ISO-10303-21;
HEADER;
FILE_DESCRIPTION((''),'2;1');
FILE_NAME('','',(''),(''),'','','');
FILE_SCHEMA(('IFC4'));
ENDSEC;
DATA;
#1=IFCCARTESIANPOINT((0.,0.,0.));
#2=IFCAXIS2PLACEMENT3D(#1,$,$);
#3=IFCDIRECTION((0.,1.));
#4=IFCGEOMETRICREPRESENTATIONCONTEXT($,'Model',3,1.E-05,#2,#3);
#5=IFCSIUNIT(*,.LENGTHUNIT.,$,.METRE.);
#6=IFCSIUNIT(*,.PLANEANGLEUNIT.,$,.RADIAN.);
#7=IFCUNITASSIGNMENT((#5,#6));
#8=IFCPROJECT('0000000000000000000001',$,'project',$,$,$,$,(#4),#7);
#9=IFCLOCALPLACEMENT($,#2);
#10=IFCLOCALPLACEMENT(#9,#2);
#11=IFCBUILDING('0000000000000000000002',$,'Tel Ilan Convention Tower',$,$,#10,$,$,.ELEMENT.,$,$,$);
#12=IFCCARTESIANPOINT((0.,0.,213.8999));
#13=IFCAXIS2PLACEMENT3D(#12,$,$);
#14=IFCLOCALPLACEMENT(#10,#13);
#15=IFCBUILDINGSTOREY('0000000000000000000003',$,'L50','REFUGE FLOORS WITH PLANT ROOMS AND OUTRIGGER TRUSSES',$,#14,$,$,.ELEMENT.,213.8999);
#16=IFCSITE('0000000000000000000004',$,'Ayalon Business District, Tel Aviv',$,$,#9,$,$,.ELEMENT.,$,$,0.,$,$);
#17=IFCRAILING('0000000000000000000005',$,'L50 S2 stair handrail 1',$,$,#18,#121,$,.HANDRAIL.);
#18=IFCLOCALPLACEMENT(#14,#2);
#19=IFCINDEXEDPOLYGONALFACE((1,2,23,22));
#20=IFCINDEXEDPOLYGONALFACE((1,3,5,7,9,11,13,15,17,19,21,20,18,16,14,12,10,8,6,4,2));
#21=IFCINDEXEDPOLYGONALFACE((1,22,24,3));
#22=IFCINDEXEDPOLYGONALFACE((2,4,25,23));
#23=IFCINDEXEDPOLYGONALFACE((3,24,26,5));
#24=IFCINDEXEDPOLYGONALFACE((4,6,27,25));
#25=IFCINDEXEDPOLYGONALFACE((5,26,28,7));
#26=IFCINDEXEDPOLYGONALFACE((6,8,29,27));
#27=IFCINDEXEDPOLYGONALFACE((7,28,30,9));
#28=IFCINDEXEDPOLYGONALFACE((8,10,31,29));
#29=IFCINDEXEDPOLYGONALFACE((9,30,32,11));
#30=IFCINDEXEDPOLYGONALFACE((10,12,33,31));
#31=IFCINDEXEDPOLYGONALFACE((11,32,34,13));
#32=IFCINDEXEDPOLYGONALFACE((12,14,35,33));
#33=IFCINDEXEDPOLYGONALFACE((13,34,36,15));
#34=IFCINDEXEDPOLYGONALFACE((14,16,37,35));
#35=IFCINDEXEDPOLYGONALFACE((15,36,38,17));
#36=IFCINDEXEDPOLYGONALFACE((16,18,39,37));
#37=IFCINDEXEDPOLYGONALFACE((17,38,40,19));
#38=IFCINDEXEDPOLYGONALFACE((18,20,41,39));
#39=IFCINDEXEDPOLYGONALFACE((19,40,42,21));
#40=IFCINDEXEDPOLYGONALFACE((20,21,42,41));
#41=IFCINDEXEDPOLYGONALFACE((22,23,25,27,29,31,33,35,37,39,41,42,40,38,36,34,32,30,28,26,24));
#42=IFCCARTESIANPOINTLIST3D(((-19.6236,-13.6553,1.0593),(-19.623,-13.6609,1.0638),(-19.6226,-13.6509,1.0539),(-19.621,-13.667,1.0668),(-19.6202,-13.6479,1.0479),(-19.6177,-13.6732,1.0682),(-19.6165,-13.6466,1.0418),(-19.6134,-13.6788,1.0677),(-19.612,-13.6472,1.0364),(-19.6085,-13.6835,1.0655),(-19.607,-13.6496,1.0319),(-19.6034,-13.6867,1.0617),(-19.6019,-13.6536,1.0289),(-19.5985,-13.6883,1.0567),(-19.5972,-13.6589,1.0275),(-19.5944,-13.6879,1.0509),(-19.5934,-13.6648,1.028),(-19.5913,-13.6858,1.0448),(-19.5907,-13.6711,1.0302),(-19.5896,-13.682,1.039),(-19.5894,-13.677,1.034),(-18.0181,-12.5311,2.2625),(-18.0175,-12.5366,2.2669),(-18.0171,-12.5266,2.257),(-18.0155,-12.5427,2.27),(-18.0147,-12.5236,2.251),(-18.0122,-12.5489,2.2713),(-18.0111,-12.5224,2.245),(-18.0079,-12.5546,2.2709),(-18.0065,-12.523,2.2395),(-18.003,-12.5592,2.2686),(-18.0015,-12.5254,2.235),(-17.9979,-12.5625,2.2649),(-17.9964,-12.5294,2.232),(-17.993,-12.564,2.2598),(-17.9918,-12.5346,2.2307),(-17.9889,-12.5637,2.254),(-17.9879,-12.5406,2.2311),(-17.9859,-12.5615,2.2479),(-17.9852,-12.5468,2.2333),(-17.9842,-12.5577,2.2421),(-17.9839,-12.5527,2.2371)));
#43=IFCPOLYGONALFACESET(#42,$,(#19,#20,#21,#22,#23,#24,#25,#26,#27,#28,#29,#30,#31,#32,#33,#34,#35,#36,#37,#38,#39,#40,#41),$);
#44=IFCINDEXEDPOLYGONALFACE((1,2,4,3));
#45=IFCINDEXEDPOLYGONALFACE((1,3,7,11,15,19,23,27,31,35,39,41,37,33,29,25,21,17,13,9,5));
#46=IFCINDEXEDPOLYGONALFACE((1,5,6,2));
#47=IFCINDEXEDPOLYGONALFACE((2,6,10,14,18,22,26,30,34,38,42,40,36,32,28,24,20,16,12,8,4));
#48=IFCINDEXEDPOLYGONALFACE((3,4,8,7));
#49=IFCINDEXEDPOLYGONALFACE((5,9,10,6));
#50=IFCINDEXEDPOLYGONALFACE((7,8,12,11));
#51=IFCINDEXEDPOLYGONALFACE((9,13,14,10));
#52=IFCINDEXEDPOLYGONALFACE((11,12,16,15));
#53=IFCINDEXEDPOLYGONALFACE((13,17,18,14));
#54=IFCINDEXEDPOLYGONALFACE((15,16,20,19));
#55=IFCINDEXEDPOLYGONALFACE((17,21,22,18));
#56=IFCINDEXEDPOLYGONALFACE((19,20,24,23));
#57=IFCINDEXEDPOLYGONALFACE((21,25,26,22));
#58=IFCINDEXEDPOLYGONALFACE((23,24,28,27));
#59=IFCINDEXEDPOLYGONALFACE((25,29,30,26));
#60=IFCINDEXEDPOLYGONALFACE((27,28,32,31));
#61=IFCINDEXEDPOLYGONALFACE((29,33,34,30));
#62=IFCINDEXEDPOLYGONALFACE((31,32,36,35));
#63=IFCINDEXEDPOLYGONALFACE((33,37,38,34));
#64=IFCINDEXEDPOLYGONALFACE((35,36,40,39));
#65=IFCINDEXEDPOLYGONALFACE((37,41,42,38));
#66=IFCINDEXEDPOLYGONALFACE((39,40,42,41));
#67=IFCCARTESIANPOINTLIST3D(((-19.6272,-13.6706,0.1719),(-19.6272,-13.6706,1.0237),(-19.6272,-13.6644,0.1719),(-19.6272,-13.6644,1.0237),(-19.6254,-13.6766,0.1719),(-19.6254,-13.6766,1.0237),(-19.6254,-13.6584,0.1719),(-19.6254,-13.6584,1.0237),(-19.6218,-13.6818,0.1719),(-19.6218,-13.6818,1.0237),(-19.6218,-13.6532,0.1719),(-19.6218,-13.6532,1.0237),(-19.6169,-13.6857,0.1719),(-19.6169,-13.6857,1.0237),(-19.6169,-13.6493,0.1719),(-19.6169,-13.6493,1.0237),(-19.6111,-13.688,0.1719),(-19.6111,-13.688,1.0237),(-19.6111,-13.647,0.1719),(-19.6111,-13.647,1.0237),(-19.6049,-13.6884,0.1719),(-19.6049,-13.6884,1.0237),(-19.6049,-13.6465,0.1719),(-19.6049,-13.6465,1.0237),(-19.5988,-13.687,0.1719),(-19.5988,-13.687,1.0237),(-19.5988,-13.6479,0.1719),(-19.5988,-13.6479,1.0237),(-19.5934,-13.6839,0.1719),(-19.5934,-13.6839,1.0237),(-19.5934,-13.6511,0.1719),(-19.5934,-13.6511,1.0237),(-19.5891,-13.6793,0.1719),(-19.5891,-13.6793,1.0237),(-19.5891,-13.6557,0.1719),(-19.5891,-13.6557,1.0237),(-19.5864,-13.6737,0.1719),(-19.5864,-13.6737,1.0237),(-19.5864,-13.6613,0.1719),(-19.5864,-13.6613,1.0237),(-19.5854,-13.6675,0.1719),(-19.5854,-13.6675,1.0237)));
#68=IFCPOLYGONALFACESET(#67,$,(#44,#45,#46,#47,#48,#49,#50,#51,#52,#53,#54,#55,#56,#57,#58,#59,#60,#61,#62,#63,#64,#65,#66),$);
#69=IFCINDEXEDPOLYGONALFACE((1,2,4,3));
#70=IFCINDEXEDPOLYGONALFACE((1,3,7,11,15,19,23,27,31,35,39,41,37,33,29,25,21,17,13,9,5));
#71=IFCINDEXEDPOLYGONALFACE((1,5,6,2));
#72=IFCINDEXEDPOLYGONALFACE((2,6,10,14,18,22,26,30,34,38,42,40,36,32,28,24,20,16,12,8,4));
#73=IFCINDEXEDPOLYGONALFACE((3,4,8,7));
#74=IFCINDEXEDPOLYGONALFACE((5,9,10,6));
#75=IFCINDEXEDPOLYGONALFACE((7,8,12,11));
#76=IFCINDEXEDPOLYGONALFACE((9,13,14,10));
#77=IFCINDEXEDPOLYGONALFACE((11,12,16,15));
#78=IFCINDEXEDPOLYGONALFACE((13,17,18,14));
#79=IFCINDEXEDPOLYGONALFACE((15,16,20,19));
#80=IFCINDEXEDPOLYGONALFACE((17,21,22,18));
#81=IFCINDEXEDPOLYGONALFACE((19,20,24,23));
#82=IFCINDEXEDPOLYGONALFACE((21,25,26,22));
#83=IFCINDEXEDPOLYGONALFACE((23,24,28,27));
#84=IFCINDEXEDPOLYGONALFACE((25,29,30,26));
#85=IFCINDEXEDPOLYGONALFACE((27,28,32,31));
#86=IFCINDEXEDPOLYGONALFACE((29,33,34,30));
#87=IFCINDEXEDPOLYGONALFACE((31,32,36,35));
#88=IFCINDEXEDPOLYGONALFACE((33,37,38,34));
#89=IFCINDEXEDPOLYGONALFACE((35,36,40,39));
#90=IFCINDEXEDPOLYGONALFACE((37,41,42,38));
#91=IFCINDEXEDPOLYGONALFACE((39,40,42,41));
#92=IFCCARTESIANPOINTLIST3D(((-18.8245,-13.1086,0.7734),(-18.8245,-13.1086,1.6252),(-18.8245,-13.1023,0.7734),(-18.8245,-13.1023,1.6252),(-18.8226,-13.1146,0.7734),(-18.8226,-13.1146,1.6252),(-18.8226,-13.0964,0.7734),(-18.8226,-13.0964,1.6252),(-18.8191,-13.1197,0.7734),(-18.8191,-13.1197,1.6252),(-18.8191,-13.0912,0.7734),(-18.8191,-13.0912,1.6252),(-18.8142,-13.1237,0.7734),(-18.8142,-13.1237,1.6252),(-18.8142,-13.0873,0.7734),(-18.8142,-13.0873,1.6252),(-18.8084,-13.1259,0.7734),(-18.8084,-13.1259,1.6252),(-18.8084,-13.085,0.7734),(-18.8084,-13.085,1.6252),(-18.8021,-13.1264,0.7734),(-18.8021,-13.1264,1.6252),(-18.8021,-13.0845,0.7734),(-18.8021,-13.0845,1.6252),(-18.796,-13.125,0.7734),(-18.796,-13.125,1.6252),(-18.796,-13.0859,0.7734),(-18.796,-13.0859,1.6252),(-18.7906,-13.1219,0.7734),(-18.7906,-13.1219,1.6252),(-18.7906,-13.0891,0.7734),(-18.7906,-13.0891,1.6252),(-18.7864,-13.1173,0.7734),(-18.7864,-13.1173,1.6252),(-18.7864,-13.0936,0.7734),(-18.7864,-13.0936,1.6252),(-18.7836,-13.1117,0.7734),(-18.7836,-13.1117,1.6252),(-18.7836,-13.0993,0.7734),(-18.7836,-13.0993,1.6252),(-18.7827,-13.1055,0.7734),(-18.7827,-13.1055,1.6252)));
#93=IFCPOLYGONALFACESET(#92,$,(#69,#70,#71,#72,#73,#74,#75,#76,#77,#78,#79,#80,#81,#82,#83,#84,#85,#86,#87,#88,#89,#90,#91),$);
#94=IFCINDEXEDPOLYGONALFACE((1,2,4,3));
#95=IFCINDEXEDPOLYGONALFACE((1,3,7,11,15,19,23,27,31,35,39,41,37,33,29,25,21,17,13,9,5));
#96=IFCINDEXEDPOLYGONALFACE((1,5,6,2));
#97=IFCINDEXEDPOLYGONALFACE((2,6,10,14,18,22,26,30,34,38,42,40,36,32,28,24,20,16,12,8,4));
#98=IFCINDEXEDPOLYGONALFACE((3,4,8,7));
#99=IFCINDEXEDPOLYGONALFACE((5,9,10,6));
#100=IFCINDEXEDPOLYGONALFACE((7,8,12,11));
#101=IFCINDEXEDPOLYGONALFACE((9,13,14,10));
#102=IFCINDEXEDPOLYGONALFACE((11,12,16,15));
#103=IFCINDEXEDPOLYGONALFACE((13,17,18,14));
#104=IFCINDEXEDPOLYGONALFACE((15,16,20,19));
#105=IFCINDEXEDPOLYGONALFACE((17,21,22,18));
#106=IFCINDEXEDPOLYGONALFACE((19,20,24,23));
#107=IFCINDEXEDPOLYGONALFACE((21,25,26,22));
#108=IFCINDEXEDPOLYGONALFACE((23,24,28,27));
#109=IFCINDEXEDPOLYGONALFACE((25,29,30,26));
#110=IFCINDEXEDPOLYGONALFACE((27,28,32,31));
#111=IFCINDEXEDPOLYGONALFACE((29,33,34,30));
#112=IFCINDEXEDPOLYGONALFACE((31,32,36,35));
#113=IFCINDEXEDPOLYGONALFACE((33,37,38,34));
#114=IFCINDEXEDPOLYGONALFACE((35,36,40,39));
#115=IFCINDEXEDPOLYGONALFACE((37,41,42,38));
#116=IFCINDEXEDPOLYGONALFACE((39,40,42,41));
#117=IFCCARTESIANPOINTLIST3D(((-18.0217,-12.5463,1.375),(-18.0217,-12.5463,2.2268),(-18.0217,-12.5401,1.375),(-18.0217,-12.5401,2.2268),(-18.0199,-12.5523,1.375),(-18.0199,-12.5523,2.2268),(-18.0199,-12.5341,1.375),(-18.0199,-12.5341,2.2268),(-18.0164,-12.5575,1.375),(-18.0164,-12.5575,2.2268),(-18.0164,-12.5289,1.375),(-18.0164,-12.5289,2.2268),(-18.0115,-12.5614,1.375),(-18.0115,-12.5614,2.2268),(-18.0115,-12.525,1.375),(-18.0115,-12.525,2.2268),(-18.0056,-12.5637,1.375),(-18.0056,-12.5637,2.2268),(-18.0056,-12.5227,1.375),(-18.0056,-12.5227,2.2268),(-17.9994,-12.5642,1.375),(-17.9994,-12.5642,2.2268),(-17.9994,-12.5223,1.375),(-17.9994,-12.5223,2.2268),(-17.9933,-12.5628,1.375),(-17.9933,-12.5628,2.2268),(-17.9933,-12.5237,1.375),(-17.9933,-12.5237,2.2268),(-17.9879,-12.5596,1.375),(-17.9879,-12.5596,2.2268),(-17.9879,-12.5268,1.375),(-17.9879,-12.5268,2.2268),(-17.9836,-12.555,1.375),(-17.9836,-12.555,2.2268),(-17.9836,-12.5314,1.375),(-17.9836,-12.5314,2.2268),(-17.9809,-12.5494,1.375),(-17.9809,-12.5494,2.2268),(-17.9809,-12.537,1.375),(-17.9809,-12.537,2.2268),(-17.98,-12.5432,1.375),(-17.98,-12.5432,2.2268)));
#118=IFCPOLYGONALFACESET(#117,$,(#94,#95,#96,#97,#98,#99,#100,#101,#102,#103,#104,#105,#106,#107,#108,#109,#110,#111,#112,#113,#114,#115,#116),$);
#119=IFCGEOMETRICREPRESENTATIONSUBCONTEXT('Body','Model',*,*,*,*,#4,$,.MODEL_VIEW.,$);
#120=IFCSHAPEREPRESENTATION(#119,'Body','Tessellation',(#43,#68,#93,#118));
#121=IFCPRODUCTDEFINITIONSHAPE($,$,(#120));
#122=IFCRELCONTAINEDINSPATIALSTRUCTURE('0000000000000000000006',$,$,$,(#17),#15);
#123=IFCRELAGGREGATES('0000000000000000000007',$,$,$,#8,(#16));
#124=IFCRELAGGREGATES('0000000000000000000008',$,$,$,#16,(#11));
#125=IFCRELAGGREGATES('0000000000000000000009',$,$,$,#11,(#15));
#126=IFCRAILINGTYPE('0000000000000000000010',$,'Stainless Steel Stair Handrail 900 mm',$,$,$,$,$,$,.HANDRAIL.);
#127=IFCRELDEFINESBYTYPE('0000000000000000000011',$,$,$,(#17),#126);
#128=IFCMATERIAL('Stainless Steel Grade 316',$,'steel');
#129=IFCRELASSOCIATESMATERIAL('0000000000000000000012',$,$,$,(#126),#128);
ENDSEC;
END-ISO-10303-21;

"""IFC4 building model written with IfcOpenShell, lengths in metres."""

from ifc_helpers import new_model, si_unit, direction, frame, origin, origin_2d, place, context, subcontext, project, spatial, circle, extrude, material, type_object, element, save


model = new_model("IFC4")

# Units and contexts
model_context = context("Model", 3, precision=1e-05, world=origin(), true_north=direction((0.0, 1.0)))
body_context = subcontext(model_context, "Body", "Model", "MODEL_VIEW")
ifc_project = project(units=[si_unit("LENGTHUNIT", "METRE"), si_unit("PLANEANGLEUNIT", "RADIAN")], contexts=[model_context])

# Site, building, storey
site_placement = place(None, origin())
site = spatial("IfcSite", under=ifc_project, at=site_placement, Name="Ayalon Business District, Tel Aviv", CompositionType="ELEMENT", RefElevation=0.0)
building_placement = place(site_placement, origin())
building = spatial("IfcBuilding", under=site, at=building_placement, Name="Tel Ilan Convention Tower", CompositionType="ELEMENT")
storey_placement = place(building_placement, frame((0.0, 0.0, 213.8999)))
storey = spatial("IfcBuildingStorey", under=building, at=storey_placement, Name="L50", Description="REFUGE FLOORS WITH PLANT ROOMS AND OUTRIGGER TRUSSES", CompositionType="ELEMENT", Elevation=213.8999)

# Railing
ifc_material_1 = material(Name="Stainless Steel Grade 316", Category="steel")
railing_type_1 = type_object("IfcRailingType", Name="Stainless Steel Stair Handrail 900 mm", PredefinedType="HANDRAIL", material=ifc_material_1)
for number, where, name in (
    (1, (-19.6064, -13.6675, 0.1719), "L50 S2 stair handrail 1"),
):
    element("IfcRailing", number, at=place(storey_placement, frame(where)), inside=storey, type_object=railing_type_1, Name=name, PredefinedType="HANDRAIL", context=body_context, shape_type="SweptSolid", body=[
        extrude(circle(Radius=0.0239, at=origin_2d()), frame((0.0, 0.0, 0.876), z_axis=(0.698095, 0.488857, 0.523146), x_axis=(-0.573613, 0.819127, 0.0)), (0.0, 0.0, 1.0), 2.2998),
        extrude(circle(Radius=0.021, at=origin_2d()), origin(), (0.0, 0.0, 1.0), 0.8518),
        extrude(circle(Radius=0.021, at=origin_2d()), frame((0.8027, 0.562, 0.6016)), (0.0, 0.0, 1.0), 0.8518),
        extrude(circle(Radius=0.021, at=origin_2d()), frame((1.6055, 1.1243, 1.2031)), (0.0, 0.0, 1.0), 0.8518),
    ])

save(model, "model.ifc")
